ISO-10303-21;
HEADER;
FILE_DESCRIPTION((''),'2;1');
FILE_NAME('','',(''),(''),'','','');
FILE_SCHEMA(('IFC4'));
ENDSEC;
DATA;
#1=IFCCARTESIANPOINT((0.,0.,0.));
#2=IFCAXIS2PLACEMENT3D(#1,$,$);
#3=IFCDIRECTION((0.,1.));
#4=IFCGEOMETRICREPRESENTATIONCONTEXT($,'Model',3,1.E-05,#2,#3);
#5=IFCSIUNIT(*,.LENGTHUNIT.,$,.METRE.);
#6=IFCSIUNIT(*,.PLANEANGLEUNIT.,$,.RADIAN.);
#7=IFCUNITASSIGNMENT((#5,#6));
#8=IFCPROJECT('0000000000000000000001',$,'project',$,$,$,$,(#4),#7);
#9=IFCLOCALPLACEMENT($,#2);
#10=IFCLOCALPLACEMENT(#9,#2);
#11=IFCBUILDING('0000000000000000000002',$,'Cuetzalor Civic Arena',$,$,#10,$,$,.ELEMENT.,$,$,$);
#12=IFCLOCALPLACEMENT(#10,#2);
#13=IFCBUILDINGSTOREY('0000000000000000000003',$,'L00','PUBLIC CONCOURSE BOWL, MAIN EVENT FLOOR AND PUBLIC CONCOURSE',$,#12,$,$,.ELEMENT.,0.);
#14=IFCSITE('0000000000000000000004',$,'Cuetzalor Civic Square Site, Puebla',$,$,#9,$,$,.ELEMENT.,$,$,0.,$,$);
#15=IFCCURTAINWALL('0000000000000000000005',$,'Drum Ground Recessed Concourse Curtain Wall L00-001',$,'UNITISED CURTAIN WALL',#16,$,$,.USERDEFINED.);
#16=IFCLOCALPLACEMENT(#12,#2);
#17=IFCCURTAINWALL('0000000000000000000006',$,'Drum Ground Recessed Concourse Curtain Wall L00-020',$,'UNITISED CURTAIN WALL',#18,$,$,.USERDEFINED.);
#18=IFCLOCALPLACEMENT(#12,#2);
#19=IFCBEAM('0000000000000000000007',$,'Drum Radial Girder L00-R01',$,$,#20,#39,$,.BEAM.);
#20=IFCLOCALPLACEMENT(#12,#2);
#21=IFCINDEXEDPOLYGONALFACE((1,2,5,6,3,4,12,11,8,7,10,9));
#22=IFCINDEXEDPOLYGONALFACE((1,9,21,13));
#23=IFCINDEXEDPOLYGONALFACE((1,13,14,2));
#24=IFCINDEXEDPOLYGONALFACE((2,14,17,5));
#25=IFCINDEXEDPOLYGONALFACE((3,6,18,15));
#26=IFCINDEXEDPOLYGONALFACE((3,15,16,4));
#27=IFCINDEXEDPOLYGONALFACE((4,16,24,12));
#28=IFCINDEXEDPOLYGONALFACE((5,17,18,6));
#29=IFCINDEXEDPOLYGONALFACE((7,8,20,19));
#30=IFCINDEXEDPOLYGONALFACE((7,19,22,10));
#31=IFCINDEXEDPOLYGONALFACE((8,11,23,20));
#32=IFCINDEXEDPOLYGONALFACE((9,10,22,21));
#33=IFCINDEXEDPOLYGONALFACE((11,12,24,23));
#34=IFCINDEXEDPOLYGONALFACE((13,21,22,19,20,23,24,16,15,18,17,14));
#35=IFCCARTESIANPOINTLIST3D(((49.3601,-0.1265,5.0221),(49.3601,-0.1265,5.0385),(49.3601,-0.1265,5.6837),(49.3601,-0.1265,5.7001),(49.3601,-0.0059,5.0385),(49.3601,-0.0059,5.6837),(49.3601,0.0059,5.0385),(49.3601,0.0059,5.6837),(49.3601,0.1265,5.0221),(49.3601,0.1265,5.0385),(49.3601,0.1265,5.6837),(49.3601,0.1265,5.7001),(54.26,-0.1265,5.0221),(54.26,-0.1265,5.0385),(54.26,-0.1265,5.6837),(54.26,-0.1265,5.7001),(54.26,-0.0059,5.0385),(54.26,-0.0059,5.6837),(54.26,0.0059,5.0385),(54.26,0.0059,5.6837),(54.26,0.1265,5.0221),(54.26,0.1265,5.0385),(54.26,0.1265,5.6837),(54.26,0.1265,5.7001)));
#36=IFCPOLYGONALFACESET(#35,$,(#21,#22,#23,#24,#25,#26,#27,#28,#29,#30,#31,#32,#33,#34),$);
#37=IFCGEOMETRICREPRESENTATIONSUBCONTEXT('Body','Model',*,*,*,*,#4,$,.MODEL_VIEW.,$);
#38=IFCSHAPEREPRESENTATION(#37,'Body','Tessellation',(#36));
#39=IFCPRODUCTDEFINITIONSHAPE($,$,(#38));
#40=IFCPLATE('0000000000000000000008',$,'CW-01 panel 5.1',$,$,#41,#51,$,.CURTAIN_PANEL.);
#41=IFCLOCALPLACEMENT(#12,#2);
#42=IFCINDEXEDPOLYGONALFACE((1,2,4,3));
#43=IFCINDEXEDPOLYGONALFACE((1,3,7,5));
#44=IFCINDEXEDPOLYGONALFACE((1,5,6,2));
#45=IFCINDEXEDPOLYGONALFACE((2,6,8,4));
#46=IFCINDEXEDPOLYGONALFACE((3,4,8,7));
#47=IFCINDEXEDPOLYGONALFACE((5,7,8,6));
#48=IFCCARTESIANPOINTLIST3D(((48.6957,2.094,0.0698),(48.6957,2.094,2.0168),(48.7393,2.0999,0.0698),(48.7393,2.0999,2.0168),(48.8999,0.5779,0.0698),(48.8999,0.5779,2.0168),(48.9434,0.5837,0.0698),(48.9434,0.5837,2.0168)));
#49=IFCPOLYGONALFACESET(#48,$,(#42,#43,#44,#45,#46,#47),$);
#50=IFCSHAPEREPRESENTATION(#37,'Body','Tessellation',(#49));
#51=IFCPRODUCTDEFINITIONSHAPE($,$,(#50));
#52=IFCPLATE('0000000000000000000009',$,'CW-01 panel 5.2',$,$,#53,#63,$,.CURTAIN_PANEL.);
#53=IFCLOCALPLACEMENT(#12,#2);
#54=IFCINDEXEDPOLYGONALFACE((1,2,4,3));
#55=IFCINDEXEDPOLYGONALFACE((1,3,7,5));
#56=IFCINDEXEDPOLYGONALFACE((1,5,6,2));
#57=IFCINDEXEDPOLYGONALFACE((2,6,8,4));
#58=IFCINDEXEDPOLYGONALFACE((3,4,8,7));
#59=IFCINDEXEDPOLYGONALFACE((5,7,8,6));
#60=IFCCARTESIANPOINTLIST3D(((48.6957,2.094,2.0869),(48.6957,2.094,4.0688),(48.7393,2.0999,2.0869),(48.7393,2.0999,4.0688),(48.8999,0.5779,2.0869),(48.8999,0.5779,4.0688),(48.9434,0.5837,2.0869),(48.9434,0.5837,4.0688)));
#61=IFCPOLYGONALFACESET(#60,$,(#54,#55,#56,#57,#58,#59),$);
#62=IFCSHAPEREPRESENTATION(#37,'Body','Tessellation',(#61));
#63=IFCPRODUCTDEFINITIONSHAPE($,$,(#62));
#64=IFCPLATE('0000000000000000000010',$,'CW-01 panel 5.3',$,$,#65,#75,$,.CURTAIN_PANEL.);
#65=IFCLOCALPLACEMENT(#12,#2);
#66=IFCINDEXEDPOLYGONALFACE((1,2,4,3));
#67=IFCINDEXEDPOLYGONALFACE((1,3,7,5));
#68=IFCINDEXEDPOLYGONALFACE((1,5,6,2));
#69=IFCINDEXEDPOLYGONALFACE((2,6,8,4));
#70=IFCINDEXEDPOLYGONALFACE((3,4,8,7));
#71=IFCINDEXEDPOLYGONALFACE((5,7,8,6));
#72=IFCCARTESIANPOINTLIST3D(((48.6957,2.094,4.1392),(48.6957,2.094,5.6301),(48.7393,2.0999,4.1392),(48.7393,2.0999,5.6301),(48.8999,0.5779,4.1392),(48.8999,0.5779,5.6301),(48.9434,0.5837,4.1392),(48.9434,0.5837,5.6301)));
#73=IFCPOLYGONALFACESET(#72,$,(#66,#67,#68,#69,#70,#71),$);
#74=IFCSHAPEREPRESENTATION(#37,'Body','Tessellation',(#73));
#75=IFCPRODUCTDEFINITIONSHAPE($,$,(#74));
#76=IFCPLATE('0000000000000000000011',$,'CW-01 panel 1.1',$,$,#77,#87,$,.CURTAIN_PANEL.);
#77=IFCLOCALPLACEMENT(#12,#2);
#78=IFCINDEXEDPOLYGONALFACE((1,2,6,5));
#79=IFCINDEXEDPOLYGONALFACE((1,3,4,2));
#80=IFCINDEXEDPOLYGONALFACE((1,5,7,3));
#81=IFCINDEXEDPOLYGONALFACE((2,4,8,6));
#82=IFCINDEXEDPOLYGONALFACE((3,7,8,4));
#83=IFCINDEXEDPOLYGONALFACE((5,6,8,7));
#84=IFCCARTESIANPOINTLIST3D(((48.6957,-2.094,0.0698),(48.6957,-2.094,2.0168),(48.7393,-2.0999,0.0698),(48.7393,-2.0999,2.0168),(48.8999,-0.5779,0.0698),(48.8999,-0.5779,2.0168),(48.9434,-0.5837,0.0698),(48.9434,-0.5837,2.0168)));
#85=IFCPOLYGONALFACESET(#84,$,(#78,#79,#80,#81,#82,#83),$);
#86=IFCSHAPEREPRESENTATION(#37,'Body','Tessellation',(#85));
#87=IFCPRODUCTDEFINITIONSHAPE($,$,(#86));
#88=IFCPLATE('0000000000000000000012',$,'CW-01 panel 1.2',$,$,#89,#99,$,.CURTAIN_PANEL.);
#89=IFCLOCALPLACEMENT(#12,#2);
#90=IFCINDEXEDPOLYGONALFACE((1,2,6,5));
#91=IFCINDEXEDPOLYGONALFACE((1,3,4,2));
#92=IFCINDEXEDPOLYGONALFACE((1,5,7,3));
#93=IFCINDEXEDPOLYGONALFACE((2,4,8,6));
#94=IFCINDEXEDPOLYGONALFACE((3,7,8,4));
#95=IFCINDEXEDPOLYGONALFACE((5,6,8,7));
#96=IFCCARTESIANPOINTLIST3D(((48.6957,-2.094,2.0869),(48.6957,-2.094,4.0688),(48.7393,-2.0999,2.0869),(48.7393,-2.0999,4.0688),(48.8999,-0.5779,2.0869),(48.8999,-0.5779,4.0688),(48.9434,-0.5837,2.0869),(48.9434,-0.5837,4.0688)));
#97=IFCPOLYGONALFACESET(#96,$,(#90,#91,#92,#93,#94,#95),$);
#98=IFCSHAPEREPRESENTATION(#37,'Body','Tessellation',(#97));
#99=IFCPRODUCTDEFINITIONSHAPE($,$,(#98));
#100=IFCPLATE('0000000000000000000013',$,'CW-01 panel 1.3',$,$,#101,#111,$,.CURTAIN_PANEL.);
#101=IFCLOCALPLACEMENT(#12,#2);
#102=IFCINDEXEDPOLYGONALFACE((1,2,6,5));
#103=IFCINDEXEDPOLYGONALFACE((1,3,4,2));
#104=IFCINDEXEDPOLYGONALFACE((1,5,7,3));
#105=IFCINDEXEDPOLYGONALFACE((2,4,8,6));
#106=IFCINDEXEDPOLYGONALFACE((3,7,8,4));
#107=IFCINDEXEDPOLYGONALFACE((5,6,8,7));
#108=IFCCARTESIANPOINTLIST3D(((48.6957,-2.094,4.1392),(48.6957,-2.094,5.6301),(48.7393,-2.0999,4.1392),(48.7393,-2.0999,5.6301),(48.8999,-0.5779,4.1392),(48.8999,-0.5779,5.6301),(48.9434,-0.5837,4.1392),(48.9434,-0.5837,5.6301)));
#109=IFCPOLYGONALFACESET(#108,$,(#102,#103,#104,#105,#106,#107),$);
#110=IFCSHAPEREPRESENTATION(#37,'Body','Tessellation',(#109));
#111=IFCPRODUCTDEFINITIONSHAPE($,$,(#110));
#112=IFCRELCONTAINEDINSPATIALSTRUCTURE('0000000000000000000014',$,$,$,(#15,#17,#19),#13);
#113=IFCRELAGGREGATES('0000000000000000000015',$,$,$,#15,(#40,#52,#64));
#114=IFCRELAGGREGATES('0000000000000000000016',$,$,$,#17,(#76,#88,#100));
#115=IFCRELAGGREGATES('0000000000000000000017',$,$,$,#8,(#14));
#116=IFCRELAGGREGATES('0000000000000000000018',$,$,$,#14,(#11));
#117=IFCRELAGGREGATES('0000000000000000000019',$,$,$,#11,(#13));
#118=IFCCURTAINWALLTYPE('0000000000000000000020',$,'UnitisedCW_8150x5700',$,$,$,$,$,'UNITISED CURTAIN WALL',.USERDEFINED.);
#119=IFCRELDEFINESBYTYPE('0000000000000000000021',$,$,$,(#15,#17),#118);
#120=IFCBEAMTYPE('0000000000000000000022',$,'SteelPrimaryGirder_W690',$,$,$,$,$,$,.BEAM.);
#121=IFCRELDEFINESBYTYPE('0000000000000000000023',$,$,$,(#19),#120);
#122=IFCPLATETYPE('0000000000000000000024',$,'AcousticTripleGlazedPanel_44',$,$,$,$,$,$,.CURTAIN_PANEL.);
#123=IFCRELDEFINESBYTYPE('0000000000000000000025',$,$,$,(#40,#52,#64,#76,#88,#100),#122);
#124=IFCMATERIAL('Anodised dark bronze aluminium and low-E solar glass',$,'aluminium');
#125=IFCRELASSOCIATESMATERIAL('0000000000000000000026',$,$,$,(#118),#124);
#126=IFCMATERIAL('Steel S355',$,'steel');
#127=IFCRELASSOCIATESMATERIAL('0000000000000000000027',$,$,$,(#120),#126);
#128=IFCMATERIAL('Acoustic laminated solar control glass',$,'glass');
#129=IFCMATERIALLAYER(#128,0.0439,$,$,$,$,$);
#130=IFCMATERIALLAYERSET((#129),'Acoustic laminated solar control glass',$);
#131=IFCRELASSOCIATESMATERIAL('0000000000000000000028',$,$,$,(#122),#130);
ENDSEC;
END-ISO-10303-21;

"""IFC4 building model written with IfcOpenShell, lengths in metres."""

from ifc_helpers import new_model, si_unit, direction, frame, origin, origin_2d, place, context, subcontext, project, spatial, rectangle, i_section, extrude, material, layer, layer_set, material_profile, profile_set, type_object, element, aggregate, save


model = new_model("IFC4")

# Units and contexts
model_context = context("Model", 3, precision=1e-05, world=origin(), true_north=direction((0.0, 1.0)))
body_context = subcontext(model_context, "Body", "Model", "MODEL_VIEW")
ifc_project = project(units=[si_unit("LENGTHUNIT", "METRE"), si_unit("PLANEANGLEUNIT", "RADIAN")], contexts=[model_context])

# Site, building, storey
site_placement = place(None, origin())
site = spatial("IfcSite", under=ifc_project, at=site_placement, Name="Cuetzalor Civic Square Site, Puebla", CompositionType="ELEMENT", RefElevation=0.0)
building_placement = place(site_placement, origin())
building = spatial("IfcBuilding", under=site, at=building_placement, Name="Cuetzalor Civic Arena", CompositionType="ELEMENT")
storey_placement = place(building_placement, origin())
storey = spatial("IfcBuildingStorey", under=building, at=storey_placement, Name="L00", Description="PUBLIC CONCOURSE BOWL, MAIN EVENT FLOOR AND PUBLIC CONCOURSE", CompositionType="ELEMENT", Elevation=0.0)

# Curtain walls
ifc_material_1 = material(Name="Anodised dark bronze aluminium and low-E solar glass", Category="aluminium")
curtain_wall_type = type_object("IfcCurtainWallType", Name="UnitisedCW_8150x5700", ElementType="UNITISED CURTAIN WALL", PredefinedType="USERDEFINED", material=ifc_material_1)
curtain_wall_1_placement = place(storey_placement, origin())
curtain_wall_1 = element("IfcCurtainWall", 1, at=curtain_wall_1_placement, inside=storey, type_object=curtain_wall_type, Name="Drum Ground Recessed Concourse Curtain Wall L00-001", ObjectType="UNITISED CURTAIN WALL", PredefinedType="USERDEFINED")
curtain_wall_2_placement = place(storey_placement, origin())
curtain_wall_2 = element("IfcCurtainWall", 2, at=curtain_wall_2_placement, inside=storey, type_object=curtain_wall_type, Name="Drum Ground Recessed Concourse Curtain Wall L00-020", ObjectType="UNITISED CURTAIN WALL", PredefinedType="USERDEFINED")

# Beam
ifc_material_2 = material(Name="Steel S355", Category="steel")
ifc_material_profile_1 = material_profile(ifc_material_2, i_section(OverallWidth=0.2529, OverallDepth=0.678, WebThickness=0.0117, FlangeThickness=0.0164, at=origin_2d()), Name="W690x125")
ifc_profile_set_1 = profile_set([ifc_material_profile_1], Name="Steel S355")
beam_type_1 = type_object("IfcBeamType", Name="SteelPrimaryGirder_W690", PredefinedType="BEAM", material=ifc_profile_set_1)
beam_1_placement = place(storey_placement, frame((49.3601, 0.0, 5.3611), z_axis=(1.0, 0.0, 0.0), x_axis=(0.0, 1.0, 0.0)))
element("IfcBeam", 3, at=beam_1_placement, inside=storey, type_object=beam_type_1, Name="Drum Radial Girder L00-R01", PredefinedType="BEAM", context=body_context, shape_type="SweptSolid", body=[
    extrude(i_section(OverallWidth=0.2529, OverallDepth=0.678, WebThickness=0.0117, FlangeThickness=0.0164, at=origin_2d()), origin(), (0.0, 0.0, 1.0), 4.8999),
])

# Plates
ifc_material_3 = material(Name="Acoustic laminated solar control glass", Category="glass")
ifc_layer = layer(ifc_material_3, 0.0439)
ifc_layer_set = layer_set([ifc_layer], Name="Acoustic laminated solar control glass")
plate_type = type_object("IfcPlateType", Name="AcousticTripleGlazedPanel_44", PredefinedType="CURTAIN_PANEL", material=ifc_layer_set)
plate_1_placement = place(storey_placement, frame((48.8196, 1.3389, 0.0698), z_axis=(0.0, 0.0, 1.0), x_axis=(0.133443, -0.991056, 0.0)))
plate_1 = element("IfcPlate", 4, at=plate_1_placement, type_object=plate_type, Name="CW-01 panel 5.1", PredefinedType="CURTAIN_PANEL", context=body_context, shape_type="SweptSolid", body=[
    extrude(rectangle(XDim=1.5298, YDim=0.0439, at=origin_2d()), origin(), (0.0, 0.0, 1.0), 1.947),
])
plate_2_placement = place(storey_placement, frame((48.8196, 1.3389, 2.0869), z_axis=(0.0, 0.0, 1.0), x_axis=(0.133443, -0.991056, 0.0)))
plate_2 = element("IfcPlate", 5, at=plate_2_placement, type_object=plate_type, Name="CW-01 panel 5.2", PredefinedType="CURTAIN_PANEL", context=body_context, shape_type="SweptSolid", body=[
    extrude(rectangle(XDim=1.5298, YDim=0.0439, at=origin_2d()), origin(), (0.0, 0.0, 1.0), 1.9819),
])
plate_3_placement = place(storey_placement, frame((48.8196, 1.3389, 4.1392), z_axis=(0.0, 0.0, 1.0), x_axis=(0.133443, -0.991056, 0.0)))
plate_3 = element("IfcPlate", 6, at=plate_3_placement, type_object=plate_type, Name="CW-01 panel 5.3", PredefinedType="CURTAIN_PANEL", context=body_context, shape_type="SweptSolid", body=[
    extrude(rectangle(XDim=1.5298, YDim=0.0439, at=origin_2d()), origin(), (0.0, 0.0, 1.0), 1.491),
])
aggregate(curtain_wall_1, [plate_1, plate_2, plate_3])
plate_4_placement = place(storey_placement, frame((48.8196, -1.3389, 0.0698), z_axis=(0.0, 0.0, 1.0), x_axis=(-0.133443, -0.991056, 0.0)))
plate_4 = element("IfcPlate", 7, at=plate_4_placement, type_object=plate_type, Name="CW-01 panel 1.1", PredefinedType="CURTAIN_PANEL", context=body_context, shape_type="SweptSolid", body=[
    extrude(rectangle(XDim=1.5298, YDim=0.0439, at=origin_2d()), origin(), (0.0, 0.0, 1.0), 1.947),
])
plate_5_placement = place(storey_placement, frame((48.8196, -1.3389, 2.0869), z_axis=(0.0, 0.0, 1.0), x_axis=(-0.133443, -0.991056, 0.0)))
plate_5 = element("IfcPlate", 8, at=plate_5_placement, type_object=plate_type, Name="CW-01 panel 1.2", PredefinedType="CURTAIN_PANEL", context=body_context, shape_type="SweptSolid", body=[
    extrude(rectangle(XDim=1.5298, YDim=0.0439, at=origin_2d()), origin(), (0.0, 0.0, 1.0), 1.9819),
])
plate_6_placement = place(storey_placement, frame((48.8196, -1.3389, 4.1392), z_axis=(0.0, 0.0, 1.0), x_axis=(-0.133443, -0.991056, 0.0)))
plate_6 = element("IfcPlate", 9, at=plate_6_placement, type_object=plate_type, Name="CW-01 panel 1.3", PredefinedType="CURTAIN_PANEL", context=body_context, shape_type="SweptSolid", body=[
    extrude(rectangle(XDim=1.5298, YDim=0.0439, at=origin_2d()), origin(), (0.0, 0.0, 1.0), 1.491),
])
aggregate(curtain_wall_2, [plate_4, plate_5, plate_6])

save(model, "model.ifc")
